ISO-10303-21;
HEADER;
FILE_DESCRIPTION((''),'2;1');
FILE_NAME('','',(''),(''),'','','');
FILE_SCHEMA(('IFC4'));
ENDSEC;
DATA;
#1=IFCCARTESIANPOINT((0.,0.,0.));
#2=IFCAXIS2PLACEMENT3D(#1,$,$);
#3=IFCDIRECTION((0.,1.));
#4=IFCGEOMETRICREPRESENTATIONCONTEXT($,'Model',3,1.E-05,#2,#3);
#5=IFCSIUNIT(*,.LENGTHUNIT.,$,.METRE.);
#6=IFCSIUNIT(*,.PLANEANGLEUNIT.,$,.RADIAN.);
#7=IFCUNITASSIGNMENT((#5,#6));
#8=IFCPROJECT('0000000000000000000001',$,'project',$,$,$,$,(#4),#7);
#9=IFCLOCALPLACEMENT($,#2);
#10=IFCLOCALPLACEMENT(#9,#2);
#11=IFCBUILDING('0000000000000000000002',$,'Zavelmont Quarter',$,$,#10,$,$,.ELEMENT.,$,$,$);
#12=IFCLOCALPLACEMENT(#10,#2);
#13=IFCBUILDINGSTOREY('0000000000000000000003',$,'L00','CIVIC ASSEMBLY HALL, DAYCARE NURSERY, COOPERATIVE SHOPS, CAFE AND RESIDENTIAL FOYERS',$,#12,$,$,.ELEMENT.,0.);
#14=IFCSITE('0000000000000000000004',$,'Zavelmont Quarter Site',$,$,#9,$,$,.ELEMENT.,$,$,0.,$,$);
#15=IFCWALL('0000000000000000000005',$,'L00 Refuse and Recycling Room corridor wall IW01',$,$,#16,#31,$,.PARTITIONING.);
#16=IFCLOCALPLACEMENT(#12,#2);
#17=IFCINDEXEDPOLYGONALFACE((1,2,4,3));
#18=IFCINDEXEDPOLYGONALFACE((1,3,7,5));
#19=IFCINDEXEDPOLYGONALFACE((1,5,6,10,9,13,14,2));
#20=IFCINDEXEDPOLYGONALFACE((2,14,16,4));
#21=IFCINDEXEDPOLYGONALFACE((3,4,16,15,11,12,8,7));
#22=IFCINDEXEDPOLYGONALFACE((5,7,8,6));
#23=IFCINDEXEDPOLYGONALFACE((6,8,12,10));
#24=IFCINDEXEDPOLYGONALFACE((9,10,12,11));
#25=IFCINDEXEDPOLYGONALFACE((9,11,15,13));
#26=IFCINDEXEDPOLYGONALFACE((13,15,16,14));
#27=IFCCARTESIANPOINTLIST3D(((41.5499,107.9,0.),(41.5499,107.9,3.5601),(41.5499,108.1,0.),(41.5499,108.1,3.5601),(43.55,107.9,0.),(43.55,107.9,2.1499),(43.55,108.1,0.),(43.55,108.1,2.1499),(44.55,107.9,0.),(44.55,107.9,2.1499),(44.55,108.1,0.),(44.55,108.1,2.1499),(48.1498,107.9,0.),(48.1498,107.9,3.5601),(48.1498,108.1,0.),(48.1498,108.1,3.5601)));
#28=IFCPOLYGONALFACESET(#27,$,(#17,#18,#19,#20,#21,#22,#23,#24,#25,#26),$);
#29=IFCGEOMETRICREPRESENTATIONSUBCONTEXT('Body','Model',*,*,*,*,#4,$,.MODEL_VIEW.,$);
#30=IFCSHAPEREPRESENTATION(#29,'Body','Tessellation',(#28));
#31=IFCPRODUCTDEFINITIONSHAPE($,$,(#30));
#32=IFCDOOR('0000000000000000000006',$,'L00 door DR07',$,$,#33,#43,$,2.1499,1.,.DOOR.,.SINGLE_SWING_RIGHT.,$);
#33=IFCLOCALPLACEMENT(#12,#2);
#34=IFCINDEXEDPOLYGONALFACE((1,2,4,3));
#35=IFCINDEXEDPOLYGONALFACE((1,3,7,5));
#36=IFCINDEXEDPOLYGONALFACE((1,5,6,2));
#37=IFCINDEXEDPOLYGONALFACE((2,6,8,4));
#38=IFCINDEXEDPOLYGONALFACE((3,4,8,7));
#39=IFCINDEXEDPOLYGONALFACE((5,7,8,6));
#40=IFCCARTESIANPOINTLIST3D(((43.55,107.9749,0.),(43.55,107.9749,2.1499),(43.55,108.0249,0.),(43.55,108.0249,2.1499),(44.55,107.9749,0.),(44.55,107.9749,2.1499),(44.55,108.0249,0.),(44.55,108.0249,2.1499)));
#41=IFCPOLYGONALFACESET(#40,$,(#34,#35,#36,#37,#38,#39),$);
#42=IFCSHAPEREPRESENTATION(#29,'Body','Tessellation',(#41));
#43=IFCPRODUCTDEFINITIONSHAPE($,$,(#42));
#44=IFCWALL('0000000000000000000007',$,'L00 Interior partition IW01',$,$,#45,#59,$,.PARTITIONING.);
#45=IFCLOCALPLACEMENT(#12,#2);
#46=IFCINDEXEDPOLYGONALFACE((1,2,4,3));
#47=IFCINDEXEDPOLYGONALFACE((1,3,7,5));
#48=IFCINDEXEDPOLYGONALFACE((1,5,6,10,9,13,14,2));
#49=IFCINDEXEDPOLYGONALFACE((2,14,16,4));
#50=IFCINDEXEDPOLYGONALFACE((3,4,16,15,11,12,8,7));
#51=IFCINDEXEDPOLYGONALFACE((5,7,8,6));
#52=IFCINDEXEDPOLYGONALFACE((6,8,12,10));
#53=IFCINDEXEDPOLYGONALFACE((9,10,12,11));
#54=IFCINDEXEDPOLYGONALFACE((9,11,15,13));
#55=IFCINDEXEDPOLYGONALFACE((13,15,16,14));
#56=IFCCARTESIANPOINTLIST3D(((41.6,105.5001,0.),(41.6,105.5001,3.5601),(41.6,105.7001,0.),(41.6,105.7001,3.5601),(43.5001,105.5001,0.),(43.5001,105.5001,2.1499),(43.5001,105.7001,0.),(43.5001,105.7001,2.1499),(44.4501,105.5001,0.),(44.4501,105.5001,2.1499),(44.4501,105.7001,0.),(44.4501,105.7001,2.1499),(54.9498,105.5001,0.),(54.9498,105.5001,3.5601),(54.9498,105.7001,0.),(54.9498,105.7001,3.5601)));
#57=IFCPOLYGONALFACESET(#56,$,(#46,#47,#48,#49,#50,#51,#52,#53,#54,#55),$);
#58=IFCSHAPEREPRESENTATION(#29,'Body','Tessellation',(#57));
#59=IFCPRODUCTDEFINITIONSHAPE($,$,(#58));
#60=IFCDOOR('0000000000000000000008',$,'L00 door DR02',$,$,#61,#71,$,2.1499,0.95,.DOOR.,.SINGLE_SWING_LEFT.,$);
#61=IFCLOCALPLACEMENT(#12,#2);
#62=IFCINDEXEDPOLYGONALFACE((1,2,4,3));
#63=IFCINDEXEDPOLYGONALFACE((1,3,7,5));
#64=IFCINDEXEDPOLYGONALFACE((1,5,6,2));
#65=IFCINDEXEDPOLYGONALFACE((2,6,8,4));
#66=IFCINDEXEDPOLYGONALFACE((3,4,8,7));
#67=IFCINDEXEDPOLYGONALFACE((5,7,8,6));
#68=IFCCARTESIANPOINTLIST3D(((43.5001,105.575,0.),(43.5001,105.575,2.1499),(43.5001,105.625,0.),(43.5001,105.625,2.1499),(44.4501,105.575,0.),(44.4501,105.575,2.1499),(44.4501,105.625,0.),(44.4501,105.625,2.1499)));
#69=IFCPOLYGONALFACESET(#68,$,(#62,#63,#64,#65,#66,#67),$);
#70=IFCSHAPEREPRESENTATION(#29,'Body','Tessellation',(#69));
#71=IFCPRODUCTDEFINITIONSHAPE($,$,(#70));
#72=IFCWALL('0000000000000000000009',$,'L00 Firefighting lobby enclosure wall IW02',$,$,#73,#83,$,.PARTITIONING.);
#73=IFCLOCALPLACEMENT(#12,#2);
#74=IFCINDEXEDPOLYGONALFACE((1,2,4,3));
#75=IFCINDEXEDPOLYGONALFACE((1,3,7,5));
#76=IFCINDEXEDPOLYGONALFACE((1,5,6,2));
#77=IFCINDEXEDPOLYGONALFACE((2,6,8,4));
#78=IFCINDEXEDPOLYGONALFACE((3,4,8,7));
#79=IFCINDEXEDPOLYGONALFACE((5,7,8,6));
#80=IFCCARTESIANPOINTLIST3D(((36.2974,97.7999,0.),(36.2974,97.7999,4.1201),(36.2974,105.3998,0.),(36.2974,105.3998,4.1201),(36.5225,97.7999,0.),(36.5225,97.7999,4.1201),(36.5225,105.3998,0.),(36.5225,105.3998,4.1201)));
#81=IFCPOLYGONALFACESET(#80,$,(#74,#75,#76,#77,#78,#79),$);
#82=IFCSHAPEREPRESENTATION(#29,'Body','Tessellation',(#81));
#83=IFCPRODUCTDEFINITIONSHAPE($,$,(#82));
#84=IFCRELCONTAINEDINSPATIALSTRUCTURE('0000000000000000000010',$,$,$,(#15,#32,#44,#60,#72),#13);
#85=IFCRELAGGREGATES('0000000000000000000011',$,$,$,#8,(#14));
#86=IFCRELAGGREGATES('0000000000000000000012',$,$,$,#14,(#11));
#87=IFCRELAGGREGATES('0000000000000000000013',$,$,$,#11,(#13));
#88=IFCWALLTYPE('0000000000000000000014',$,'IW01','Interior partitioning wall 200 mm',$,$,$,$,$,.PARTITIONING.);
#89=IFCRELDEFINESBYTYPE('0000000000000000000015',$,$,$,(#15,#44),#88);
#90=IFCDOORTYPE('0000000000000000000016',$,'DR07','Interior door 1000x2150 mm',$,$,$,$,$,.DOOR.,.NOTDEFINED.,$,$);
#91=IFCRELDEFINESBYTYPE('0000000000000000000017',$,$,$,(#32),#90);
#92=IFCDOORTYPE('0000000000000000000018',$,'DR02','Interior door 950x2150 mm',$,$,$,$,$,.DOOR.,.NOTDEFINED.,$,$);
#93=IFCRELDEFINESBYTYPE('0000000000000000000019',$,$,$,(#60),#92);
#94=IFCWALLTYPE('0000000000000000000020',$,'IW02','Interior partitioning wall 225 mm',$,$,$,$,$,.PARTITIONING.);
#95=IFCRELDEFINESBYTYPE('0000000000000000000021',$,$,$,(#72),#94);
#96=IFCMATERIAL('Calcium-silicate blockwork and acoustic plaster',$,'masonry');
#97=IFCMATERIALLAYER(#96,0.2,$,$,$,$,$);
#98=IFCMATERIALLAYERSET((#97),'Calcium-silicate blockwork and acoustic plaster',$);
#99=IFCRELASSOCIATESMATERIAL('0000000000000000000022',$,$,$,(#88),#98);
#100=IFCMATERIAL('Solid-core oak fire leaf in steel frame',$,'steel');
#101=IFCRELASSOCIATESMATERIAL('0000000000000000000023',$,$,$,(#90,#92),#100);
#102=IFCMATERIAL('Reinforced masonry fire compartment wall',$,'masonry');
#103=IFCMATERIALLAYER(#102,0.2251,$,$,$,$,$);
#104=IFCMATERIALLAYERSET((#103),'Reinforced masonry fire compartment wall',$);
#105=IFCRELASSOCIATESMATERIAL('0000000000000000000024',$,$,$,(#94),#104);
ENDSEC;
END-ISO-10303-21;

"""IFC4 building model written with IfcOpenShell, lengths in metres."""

from ifc_helpers import new_model, si_unit, direction, frame, frame_2d, origin, origin_with_axes, place, context, subcontext, project, spatial, rectangle, extrude, material, layer, layer_set, type_object, element, fill, save


model = new_model("IFC4")

# Units and contexts
model_context = context("Model", 3, precision=1e-05, world=origin(), true_north=direction((0.0, 1.0)))
body_context = subcontext(model_context, "Body", "Model", "MODEL_VIEW")
ifc_project = project(units=[si_unit("LENGTHUNIT", "METRE"), si_unit("PLANEANGLEUNIT", "RADIAN")], contexts=[model_context])

# Site, building, storey
site_placement = place(None, origin())
site = spatial("IfcSite", under=ifc_project, at=site_placement, Name="Zavelmont Quarter Site", CompositionType="ELEMENT", RefElevation=0.0)
building_placement = place(site_placement, origin())
building = spatial("IfcBuilding", under=site, at=building_placement, Name="Zavelmont Quarter", CompositionType="ELEMENT")
storey_placement = place(building_placement, origin())
storey = spatial("IfcBuildingStorey", under=building, at=storey_placement, Name="L00", Description="CIVIC ASSEMBLY HALL, DAYCARE NURSERY, COOPERATIVE SHOPS, CAFE AND RESIDENTIAL FOYERS", CompositionType="ELEMENT", Elevation=0.0)

# Shared definitions
ifc_material_1 = material(Name="Calcium-silicate blockwork and acoustic plaster", Category="masonry")
ifc_layer_1 = layer(ifc_material_1, 0.2)
ifc_layer_set_1 = layer_set([ifc_layer_1], Name="Calcium-silicate blockwork and acoustic plaster")
wall_type_1 = type_object("IfcWallType", Name="IW01", Description="Interior partitioning wall 200 mm", PredefinedType="PARTITIONING", material=ifc_layer_set_1)

# Walls, openings, doors
wall_1_placement = place(storey_placement, frame((41.55, 108.0, 0.0), z_axis=(0.0, 0.0, 1.0), x_axis=(1.0, 0.0, 0.0)))
wall_1 = element("IfcWall", 1, at=wall_1_placement, inside=storey, type_object=wall_type_1, Name="L00 Refuse and Recycling Room corridor wall IW01", PredefinedType="PARTITIONING", context=body_context, shape_type="SweptSolid", body=[
    extrude(rectangle(XDim=6.5999, YDim=0.2, at=frame_2d((3.2998, 0.0))), origin(), (0.0, 0.0, 1.0), 3.5601),
])
opening_1_placement = place(wall_1_placement, frame((2.0, 0.0, 0.0)))
opening_1 = element("IfcOpeningElement", 2, at=opening_1_placement, cuts=wall_1, PredefinedType="OPENING", context=body_context, shape_type="SweptSolid", body=[
    extrude(rectangle(XDim=1.0, YDim=2.1499, at=frame_2d((0.5, 1.075))), frame((0.0, 0.1118, 0.0), z_axis=(0.0, -1.0, 0.0), x_axis=(1.0, 0.0, 0.0)), (0.0, 0.0, 1.0), 0.2239),
])
ifc_material_2 = material(Name="Solid-core oak fire leaf in steel frame", Category="steel")
door_type_1 = type_object("IfcDoorType", Name="DR07", Description="Interior door 1000x2150 mm", OperationType="NOTDEFINED", PredefinedType="DOOR", material=ifc_material_2)
door_1_placement = place(opening_1_placement, origin_with_axes())
door_1 = element("IfcDoor", 3, at=door_1_placement, inside=storey, type_object=door_type_1, Name="L00 door DR07", OperationType="SINGLE_SWING_RIGHT", OverallHeight=2.1499, OverallWidth=1.0, PredefinedType="DOOR", context=body_context, shape_type="SweptSolid", body=[
    extrude(rectangle(XDim=1.0, YDim=2.1499, at=frame_2d((0.5, 1.075))), frame((0.0, 0.0249, 0.0), z_axis=(0.0, -1.0, 0.0), x_axis=(1.0, 0.0, 0.0)), (0.0, 0.0, 1.0), 0.05),
])
fill(opening_1, door_1)
wall_2_placement = place(storey_placement, frame((41.6001, 105.6001, 0.0), z_axis=(0.0, 0.0, 1.0), x_axis=(1.0, 0.0, 0.0)))
wall_2 = element("IfcWall", 4, at=wall_2_placement, inside=storey, type_object=wall_type_1, Name="L00 Interior partition IW01", PredefinedType="PARTITIONING", context=body_context, shape_type="SweptSolid", body=[
    extrude(rectangle(XDim=13.3499, YDim=0.2, at=frame_2d((6.6748, 0.0))), origin(), (0.0, 0.0, 1.0), 3.5601),
])
opening_2_placement = place(wall_2_placement, frame((1.8999, 0.0, 0.0)))
opening_2 = element("IfcOpeningElement", 5, at=opening_2_placement, cuts=wall_2, PredefinedType="OPENING", context=body_context, shape_type="SweptSolid", body=[
    extrude(rectangle(XDim=0.95, YDim=2.1499, at=frame_2d((0.4751, 1.075))), frame((0.0, 0.1118, 0.0), z_axis=(0.0, -1.0, 0.0), x_axis=(1.0, 0.0, 0.0)), (0.0, 0.0, 1.0), 0.2239),
])
door_type_2 = type_object("IfcDoorType", Name="DR02", Description="Interior door 950x2150 mm", OperationType="NOTDEFINED", PredefinedType="DOOR", material=ifc_material_2)
door_2_placement = place(opening_2_placement, origin_with_axes())
door_2 = element("IfcDoor", 6, at=door_2_placement, inside=storey, type_object=door_type_2, Name="L00 door DR02", OperationType="SINGLE_SWING_LEFT", OverallHeight=2.1499, OverallWidth=0.95, PredefinedType="DOOR", context=body_context, shape_type="SweptSolid", body=[
    extrude(rectangle(XDim=0.95, YDim=2.1499, at=frame_2d((0.4751, 1.075))), frame((0.0, 0.0249, 0.0), z_axis=(0.0, -1.0, 0.0), x_axis=(1.0, 0.0, 0.0)), (0.0, 0.0, 1.0), 0.05),
])
fill(opening_2, door_2)

# Wall
ifc_material_3 = material(Name="Reinforced masonry fire compartment wall", Category="masonry")
ifc_layer_2 = layer(ifc_material_3, 0.2251)
ifc_layer_set_2 = layer_set([ifc_layer_2], Name="Reinforced masonry fire compartment wall")
wall_type_2 = type_object("IfcWallType", Name="IW02", Description="Interior partitioning wall 225 mm", PredefinedType="PARTITIONING", material=ifc_layer_set_2)
wall_3_placement = place(storey_placement, frame((36.4099, 97.8, 0.0), z_axis=(0.0, 0.0, 1.0), x_axis=(0.0, 1.0, 0.0)))
element("IfcWall", 7, at=wall_3_placement, inside=storey, type_object=wall_type_2, Name="L00 Firefighting lobby enclosure wall IW02", PredefinedType="PARTITIONING", context=body_context, shape_type="SweptSolid", body=[
    extrude(rectangle(XDim=7.5999, YDim=0.2251, at=frame_2d((3.7998, 0.0))), origin(), (0.0, 0.0, 1.0), 4.1201),
])

save(model, "model.ifc")
